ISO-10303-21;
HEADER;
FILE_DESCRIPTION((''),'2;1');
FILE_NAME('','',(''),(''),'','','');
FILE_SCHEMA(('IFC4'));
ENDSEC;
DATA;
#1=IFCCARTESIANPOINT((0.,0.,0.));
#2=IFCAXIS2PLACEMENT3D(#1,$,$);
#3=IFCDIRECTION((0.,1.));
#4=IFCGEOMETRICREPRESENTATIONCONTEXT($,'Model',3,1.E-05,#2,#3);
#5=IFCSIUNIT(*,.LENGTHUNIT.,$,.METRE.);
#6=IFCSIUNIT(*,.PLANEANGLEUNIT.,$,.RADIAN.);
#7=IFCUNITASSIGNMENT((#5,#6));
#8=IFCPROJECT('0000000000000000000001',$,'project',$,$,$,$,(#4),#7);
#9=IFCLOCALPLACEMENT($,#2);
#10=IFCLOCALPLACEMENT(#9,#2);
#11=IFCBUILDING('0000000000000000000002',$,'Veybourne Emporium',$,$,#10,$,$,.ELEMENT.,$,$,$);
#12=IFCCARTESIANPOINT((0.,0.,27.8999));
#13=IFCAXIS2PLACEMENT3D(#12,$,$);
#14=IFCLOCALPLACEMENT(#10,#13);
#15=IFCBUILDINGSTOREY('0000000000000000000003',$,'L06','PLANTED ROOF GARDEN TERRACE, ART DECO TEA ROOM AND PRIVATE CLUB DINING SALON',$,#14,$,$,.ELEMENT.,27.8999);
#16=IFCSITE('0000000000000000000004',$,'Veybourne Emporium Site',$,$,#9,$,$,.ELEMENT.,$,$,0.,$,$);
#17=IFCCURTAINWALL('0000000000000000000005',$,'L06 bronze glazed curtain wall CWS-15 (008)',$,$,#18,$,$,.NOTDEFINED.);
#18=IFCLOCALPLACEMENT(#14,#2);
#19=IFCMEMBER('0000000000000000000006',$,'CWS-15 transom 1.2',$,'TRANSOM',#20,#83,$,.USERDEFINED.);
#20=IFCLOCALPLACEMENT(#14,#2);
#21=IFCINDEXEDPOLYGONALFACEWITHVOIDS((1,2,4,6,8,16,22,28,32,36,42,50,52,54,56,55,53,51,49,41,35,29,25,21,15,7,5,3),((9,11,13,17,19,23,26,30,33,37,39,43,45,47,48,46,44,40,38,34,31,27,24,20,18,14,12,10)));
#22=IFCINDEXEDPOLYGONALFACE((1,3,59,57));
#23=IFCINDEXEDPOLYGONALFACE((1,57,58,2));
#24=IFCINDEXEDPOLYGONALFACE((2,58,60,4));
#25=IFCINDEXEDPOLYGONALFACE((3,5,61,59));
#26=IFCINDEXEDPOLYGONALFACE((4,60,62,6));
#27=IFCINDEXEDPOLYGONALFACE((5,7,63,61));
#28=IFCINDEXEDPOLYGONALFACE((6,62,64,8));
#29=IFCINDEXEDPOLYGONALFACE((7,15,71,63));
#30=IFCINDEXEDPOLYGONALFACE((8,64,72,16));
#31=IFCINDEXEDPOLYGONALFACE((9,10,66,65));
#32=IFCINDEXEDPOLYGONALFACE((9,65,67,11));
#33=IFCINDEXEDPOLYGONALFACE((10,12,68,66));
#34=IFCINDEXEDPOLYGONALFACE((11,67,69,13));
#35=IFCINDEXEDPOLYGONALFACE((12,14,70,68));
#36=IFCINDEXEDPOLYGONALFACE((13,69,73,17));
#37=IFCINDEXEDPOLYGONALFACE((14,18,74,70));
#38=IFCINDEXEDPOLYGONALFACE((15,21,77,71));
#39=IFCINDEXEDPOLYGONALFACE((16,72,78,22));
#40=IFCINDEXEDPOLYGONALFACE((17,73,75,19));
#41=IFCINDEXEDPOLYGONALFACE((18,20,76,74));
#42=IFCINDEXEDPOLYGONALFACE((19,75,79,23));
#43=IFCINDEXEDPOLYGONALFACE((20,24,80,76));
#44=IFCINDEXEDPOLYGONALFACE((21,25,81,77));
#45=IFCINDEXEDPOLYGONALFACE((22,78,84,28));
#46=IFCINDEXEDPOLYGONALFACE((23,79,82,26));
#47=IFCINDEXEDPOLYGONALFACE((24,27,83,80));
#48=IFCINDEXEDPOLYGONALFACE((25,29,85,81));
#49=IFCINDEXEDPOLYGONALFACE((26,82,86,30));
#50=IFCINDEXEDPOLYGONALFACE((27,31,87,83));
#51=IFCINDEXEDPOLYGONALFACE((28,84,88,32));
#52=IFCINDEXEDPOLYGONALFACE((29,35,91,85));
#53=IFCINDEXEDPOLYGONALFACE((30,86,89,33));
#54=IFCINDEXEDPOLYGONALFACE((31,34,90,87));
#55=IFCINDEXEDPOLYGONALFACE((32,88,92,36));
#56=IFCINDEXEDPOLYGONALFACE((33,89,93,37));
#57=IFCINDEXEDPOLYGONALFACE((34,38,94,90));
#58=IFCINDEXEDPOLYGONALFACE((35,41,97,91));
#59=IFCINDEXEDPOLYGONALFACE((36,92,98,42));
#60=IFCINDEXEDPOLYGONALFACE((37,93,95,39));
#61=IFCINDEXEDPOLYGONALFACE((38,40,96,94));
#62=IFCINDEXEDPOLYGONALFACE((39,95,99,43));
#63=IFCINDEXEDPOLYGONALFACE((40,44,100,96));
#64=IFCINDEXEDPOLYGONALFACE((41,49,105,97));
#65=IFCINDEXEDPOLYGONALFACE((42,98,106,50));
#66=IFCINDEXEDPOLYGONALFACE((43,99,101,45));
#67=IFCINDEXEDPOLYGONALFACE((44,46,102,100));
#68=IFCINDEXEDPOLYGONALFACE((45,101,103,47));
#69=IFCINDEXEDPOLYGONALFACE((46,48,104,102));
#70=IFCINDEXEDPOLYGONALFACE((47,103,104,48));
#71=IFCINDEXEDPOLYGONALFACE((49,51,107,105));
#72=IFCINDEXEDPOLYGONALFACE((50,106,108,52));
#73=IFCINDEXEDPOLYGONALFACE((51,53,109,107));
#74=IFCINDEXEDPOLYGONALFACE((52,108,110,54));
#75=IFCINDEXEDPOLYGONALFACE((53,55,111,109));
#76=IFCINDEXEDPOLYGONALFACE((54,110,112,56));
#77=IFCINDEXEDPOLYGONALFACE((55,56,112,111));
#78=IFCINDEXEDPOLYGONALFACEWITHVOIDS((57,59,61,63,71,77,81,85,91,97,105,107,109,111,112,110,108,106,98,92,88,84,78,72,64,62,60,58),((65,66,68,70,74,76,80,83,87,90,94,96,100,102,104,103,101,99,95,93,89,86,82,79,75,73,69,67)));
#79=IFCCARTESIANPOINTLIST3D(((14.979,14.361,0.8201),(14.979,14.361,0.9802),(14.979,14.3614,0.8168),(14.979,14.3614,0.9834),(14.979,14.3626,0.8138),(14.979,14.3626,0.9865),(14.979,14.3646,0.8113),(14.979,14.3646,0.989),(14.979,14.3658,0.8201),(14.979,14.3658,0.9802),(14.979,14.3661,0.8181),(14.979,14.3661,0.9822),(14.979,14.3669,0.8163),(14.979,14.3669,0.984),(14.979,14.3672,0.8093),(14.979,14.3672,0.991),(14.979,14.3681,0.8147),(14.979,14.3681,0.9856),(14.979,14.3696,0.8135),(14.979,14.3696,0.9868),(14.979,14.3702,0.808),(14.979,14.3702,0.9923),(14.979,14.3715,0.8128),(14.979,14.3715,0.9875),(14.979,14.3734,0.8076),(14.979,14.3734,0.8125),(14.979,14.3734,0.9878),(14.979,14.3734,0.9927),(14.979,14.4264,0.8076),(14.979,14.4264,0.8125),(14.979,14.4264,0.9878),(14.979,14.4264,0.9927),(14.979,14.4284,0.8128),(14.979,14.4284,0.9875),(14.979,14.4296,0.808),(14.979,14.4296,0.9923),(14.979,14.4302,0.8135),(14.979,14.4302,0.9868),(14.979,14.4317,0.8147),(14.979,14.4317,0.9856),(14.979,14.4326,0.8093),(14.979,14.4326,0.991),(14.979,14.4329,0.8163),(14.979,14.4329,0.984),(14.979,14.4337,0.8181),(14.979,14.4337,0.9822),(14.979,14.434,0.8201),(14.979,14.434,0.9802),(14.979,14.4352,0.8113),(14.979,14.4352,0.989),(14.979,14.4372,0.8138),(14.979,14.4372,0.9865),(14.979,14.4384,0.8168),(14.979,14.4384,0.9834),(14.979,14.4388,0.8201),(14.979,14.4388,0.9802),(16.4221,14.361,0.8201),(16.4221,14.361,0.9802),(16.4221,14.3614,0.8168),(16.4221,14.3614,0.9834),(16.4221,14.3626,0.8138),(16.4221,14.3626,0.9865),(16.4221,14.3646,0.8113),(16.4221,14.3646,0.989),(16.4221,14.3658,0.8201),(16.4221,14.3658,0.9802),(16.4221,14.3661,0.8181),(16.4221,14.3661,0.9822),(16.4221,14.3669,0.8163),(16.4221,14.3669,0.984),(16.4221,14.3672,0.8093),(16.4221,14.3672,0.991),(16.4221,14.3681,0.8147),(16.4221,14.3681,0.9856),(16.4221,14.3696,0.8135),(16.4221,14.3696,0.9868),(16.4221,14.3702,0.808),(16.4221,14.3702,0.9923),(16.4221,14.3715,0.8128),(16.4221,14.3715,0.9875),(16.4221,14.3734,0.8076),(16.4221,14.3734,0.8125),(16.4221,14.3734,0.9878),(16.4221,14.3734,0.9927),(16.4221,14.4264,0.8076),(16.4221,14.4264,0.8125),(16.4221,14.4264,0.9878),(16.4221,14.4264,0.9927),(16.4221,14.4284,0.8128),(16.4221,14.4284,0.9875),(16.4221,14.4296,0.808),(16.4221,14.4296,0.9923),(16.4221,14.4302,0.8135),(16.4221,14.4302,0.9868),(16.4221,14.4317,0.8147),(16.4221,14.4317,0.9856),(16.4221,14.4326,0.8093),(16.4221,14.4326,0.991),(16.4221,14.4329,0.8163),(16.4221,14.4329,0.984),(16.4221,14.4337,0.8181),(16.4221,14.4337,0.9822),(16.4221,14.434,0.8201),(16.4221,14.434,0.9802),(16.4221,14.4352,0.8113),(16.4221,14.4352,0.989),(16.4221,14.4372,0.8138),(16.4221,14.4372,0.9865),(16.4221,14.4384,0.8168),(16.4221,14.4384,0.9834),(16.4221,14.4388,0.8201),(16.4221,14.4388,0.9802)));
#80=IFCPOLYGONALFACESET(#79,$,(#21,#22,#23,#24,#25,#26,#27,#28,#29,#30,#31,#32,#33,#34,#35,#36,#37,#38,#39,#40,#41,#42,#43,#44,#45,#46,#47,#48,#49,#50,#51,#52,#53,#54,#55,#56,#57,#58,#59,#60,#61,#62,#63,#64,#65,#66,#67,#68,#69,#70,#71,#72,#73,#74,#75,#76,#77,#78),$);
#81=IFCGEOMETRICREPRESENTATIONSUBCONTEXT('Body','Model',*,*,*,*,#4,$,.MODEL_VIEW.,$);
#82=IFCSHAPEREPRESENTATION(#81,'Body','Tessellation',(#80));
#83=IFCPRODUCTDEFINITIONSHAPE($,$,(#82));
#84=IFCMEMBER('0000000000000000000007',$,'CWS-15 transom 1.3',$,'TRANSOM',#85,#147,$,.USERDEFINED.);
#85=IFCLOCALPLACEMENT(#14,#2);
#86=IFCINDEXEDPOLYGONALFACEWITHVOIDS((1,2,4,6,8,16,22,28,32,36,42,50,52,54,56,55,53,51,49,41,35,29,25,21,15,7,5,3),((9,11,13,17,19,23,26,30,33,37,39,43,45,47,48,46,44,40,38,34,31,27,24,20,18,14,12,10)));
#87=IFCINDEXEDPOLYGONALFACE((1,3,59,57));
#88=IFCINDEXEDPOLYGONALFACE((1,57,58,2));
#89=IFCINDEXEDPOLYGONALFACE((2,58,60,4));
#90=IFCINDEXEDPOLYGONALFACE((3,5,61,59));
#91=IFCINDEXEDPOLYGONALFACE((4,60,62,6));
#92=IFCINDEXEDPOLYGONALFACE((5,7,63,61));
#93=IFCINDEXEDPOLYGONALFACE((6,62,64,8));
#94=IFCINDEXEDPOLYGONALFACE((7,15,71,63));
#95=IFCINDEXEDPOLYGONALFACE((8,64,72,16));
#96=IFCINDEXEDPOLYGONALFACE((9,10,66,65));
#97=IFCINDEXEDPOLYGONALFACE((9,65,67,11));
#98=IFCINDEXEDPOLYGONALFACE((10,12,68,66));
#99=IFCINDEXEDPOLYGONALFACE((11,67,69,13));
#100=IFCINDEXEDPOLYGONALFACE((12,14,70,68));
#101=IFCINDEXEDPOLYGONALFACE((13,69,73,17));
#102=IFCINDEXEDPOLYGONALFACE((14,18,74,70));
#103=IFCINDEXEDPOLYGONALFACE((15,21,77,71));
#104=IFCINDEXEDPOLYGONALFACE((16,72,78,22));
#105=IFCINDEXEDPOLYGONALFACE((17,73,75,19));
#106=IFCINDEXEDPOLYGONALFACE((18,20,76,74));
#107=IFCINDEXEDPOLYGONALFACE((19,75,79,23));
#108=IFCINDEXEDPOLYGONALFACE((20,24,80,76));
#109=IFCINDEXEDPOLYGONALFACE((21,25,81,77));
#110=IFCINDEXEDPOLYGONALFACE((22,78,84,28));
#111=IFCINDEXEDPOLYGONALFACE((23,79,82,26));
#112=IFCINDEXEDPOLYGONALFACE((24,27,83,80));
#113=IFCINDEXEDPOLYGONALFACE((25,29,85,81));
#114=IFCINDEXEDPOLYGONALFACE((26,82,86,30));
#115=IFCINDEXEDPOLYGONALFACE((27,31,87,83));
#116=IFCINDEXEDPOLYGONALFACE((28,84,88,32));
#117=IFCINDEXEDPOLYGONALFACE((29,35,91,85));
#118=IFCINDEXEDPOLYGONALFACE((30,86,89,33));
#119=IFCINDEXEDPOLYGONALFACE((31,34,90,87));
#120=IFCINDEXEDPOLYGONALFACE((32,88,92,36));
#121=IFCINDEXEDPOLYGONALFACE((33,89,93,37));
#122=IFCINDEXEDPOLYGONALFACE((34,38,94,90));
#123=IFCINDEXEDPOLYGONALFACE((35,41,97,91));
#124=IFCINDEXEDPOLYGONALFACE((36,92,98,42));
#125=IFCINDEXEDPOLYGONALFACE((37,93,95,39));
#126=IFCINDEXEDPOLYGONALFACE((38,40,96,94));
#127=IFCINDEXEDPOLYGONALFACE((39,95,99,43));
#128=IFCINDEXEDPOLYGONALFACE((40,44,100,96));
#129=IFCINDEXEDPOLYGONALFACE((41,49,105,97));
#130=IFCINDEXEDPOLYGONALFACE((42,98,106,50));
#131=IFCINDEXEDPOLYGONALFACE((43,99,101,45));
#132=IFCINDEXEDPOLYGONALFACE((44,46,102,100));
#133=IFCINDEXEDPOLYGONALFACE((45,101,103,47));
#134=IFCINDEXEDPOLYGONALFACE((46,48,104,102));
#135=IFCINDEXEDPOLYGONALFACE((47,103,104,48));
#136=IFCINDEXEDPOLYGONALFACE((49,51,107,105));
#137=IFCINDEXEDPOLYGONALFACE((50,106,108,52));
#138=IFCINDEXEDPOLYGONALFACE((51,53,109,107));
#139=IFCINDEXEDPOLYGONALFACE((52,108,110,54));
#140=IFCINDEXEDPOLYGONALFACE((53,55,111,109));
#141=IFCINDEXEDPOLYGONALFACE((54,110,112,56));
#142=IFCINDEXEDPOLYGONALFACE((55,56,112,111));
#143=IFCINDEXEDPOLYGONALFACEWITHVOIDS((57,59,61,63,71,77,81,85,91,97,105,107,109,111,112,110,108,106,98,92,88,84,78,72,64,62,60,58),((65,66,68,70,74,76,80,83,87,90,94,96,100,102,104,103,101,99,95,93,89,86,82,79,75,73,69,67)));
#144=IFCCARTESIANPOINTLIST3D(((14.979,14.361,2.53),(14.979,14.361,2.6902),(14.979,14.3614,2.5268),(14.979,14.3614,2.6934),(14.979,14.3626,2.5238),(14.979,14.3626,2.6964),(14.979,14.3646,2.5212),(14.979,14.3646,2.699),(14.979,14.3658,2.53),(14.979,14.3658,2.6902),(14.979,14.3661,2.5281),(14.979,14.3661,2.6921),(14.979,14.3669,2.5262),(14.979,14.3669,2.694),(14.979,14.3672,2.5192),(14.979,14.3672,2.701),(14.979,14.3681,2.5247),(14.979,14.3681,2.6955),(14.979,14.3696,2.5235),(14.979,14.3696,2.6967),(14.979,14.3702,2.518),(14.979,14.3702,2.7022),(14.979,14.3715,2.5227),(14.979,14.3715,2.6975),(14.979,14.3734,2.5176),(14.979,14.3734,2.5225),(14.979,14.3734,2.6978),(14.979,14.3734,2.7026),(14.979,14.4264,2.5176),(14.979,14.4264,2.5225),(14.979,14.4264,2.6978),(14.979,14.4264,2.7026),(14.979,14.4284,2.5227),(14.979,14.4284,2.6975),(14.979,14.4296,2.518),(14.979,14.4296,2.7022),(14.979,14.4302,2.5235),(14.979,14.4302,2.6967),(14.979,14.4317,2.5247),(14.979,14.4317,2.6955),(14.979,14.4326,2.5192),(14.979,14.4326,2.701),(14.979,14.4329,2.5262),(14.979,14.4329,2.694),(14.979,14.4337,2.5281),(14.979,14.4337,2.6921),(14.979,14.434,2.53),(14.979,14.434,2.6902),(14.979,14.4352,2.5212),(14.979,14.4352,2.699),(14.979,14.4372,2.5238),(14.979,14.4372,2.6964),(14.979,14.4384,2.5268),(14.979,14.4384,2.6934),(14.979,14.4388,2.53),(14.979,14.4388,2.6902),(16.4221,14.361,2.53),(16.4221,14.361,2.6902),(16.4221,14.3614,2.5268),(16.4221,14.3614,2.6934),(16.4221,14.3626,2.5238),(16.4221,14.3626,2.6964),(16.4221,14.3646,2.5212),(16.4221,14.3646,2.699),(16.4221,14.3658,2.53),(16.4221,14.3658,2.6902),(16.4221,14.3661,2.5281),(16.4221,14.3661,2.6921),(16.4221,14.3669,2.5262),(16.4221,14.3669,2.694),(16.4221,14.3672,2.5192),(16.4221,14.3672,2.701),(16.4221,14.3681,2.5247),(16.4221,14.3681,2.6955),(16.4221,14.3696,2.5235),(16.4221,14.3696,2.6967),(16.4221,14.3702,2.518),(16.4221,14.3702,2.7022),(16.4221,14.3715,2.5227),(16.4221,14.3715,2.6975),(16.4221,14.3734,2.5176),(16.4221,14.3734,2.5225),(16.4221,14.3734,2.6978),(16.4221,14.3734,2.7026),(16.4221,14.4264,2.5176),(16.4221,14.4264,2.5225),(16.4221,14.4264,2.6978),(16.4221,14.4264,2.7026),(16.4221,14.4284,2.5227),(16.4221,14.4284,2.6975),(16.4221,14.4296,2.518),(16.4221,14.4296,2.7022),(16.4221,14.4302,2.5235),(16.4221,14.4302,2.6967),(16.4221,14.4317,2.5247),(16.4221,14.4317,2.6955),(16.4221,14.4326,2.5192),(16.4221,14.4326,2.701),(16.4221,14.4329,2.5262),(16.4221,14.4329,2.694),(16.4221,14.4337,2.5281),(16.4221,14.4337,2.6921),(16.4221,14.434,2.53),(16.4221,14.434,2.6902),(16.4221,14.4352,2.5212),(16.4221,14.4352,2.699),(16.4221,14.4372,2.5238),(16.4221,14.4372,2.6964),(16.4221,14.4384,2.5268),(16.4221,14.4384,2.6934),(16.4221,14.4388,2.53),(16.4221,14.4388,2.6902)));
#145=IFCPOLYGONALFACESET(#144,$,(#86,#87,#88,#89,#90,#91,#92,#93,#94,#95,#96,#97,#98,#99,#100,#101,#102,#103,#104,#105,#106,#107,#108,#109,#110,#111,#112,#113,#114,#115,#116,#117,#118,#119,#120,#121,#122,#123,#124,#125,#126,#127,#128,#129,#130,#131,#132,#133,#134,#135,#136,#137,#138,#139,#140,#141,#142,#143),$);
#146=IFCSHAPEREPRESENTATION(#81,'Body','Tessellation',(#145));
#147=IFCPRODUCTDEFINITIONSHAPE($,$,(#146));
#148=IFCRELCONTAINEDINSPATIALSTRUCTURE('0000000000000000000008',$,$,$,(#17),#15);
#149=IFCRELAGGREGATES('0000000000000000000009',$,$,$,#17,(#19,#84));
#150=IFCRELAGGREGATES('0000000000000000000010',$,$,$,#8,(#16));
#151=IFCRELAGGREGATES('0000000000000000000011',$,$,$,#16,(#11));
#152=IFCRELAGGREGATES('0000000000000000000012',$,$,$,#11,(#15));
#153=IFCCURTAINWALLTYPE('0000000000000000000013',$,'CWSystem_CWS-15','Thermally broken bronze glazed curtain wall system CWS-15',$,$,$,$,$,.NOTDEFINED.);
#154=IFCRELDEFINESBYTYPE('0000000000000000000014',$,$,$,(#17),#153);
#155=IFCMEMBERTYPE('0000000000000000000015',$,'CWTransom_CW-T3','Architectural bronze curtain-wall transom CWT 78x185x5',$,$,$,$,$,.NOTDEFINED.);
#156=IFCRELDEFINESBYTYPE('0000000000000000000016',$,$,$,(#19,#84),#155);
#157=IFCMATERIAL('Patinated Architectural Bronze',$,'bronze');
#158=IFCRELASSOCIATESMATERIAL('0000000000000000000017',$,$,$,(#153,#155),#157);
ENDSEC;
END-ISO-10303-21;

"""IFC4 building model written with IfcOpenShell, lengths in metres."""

from ifc_helpers import new_model, si_unit, direction, frame, origin, origin_2d, place, context, subcontext, project, spatial, hollow_rectangle, extrude, material, material_profile, profile_set, type_object, element, aggregate, save


model = new_model("IFC4")

# Units and contexts
model_context = context("Model", 3, precision=1e-05, world=origin(), true_north=direction((0.0, 1.0)))
body_context = subcontext(model_context, "Body", "Model", "MODEL_VIEW")
ifc_project = project(units=[si_unit("LENGTHUNIT", "METRE"), si_unit("PLANEANGLEUNIT", "RADIAN")], contexts=[model_context])

# Site, building, storey
site_placement = place(None, origin())
site = spatial("IfcSite", under=ifc_project, at=site_placement, Name="Veybourne Emporium Site", CompositionType="ELEMENT", RefElevation=0.0)
building_placement = place(site_placement, origin())
building = spatial("IfcBuilding", under=site, at=building_placement, Name="Veybourne Emporium", CompositionType="ELEMENT")
storey_placement = place(building_placement, frame((0.0, 0.0, 27.8999)))
storey = spatial("IfcBuildingStorey", under=building, at=storey_placement, Name="L06", Description="PLANTED ROOF GARDEN TERRACE, ART DECO TEA ROOM AND PRIVATE CLUB DINING SALON", CompositionType="ELEMENT", Elevation=27.8999)

# Curtain wall, members
ifc_material_1 = material(Name="Patinated Architectural Bronze", Category="bronze")
curtain_wall_type = type_object("IfcCurtainWallType", Name="CWSystem_CWS-15", Description="Thermally broken bronze glazed curtain wall system CWS-15", PredefinedType="NOTDEFINED", material=ifc_material_1)
curtain_wall_placement = place(storey_placement, origin())
curtain_wall = element("IfcCurtainWall", 1, at=curtain_wall_placement, inside=storey, type_object=curtain_wall_type, Name="L06 bronze glazed curtain wall CWS-15 (008)", PredefinedType="NOTDEFINED")
ifc_material_profile_1 = material_profile(ifc_material_1, hollow_rectangle(XDim=0.0779, YDim=0.1851, WallThickness=0.0049, InnerFilletRadius=0.0076, OuterFilletRadius=0.0125, at=origin_2d()), Name="CWT 78x185x5")
ifc_profile_set_1 = profile_set([ifc_material_profile_1], Name="Patinated Architectural Bronze")
member_type_1 = type_object("IfcMemberType", Name="CWTransom_CW-T3", Description="Architectural bronze curtain-wall transom CWT 78x185x5", PredefinedType="NOTDEFINED", material=ifc_profile_set_1)
member_1_placement = place(storey_placement, frame((16.4221, 14.3999, 0.9001), z_axis=(-1.0, 0.0, 0.0), x_axis=(0.0, -1.0, 0.0)))
member_1 = element("IfcMember", 2, at=member_1_placement, type_object=member_type_1, Name="CWS-15 transom 1.2", ObjectType="TRANSOM", PredefinedType="USERDEFINED", context=body_context, shape_type="SweptSolid", body=[
    extrude(hollow_rectangle(XDim=0.0779, YDim=0.1851, WallThickness=0.0049, InnerFilletRadius=0.0076, OuterFilletRadius=0.0125, at=origin_2d()), origin(), (0.0, 0.0, 1.0), 1.4431),
])
member_2_placement = place(storey_placement, frame((16.4221, 14.3999, 2.6101), z_axis=(-1.0, 0.0, 0.0), x_axis=(0.0, -1.0, 0.0)))
member_2 = element("IfcMember", 3, at=member_2_placement, type_object=member_type_1, Name="CWS-15 transom 1.3", ObjectType="TRANSOM", PredefinedType="USERDEFINED", context=body_context, shape_type="SweptSolid", body=[
    extrude(hollow_rectangle(XDim=0.0779, YDim=0.1851, WallThickness=0.0049, InnerFilletRadius=0.0076, OuterFilletRadius=0.0125, at=origin_2d()), origin(), (0.0, 0.0, 1.0), 1.4431),
])
aggregate(curtain_wall, [member_1, member_2])

save(model, "model.ifc")
